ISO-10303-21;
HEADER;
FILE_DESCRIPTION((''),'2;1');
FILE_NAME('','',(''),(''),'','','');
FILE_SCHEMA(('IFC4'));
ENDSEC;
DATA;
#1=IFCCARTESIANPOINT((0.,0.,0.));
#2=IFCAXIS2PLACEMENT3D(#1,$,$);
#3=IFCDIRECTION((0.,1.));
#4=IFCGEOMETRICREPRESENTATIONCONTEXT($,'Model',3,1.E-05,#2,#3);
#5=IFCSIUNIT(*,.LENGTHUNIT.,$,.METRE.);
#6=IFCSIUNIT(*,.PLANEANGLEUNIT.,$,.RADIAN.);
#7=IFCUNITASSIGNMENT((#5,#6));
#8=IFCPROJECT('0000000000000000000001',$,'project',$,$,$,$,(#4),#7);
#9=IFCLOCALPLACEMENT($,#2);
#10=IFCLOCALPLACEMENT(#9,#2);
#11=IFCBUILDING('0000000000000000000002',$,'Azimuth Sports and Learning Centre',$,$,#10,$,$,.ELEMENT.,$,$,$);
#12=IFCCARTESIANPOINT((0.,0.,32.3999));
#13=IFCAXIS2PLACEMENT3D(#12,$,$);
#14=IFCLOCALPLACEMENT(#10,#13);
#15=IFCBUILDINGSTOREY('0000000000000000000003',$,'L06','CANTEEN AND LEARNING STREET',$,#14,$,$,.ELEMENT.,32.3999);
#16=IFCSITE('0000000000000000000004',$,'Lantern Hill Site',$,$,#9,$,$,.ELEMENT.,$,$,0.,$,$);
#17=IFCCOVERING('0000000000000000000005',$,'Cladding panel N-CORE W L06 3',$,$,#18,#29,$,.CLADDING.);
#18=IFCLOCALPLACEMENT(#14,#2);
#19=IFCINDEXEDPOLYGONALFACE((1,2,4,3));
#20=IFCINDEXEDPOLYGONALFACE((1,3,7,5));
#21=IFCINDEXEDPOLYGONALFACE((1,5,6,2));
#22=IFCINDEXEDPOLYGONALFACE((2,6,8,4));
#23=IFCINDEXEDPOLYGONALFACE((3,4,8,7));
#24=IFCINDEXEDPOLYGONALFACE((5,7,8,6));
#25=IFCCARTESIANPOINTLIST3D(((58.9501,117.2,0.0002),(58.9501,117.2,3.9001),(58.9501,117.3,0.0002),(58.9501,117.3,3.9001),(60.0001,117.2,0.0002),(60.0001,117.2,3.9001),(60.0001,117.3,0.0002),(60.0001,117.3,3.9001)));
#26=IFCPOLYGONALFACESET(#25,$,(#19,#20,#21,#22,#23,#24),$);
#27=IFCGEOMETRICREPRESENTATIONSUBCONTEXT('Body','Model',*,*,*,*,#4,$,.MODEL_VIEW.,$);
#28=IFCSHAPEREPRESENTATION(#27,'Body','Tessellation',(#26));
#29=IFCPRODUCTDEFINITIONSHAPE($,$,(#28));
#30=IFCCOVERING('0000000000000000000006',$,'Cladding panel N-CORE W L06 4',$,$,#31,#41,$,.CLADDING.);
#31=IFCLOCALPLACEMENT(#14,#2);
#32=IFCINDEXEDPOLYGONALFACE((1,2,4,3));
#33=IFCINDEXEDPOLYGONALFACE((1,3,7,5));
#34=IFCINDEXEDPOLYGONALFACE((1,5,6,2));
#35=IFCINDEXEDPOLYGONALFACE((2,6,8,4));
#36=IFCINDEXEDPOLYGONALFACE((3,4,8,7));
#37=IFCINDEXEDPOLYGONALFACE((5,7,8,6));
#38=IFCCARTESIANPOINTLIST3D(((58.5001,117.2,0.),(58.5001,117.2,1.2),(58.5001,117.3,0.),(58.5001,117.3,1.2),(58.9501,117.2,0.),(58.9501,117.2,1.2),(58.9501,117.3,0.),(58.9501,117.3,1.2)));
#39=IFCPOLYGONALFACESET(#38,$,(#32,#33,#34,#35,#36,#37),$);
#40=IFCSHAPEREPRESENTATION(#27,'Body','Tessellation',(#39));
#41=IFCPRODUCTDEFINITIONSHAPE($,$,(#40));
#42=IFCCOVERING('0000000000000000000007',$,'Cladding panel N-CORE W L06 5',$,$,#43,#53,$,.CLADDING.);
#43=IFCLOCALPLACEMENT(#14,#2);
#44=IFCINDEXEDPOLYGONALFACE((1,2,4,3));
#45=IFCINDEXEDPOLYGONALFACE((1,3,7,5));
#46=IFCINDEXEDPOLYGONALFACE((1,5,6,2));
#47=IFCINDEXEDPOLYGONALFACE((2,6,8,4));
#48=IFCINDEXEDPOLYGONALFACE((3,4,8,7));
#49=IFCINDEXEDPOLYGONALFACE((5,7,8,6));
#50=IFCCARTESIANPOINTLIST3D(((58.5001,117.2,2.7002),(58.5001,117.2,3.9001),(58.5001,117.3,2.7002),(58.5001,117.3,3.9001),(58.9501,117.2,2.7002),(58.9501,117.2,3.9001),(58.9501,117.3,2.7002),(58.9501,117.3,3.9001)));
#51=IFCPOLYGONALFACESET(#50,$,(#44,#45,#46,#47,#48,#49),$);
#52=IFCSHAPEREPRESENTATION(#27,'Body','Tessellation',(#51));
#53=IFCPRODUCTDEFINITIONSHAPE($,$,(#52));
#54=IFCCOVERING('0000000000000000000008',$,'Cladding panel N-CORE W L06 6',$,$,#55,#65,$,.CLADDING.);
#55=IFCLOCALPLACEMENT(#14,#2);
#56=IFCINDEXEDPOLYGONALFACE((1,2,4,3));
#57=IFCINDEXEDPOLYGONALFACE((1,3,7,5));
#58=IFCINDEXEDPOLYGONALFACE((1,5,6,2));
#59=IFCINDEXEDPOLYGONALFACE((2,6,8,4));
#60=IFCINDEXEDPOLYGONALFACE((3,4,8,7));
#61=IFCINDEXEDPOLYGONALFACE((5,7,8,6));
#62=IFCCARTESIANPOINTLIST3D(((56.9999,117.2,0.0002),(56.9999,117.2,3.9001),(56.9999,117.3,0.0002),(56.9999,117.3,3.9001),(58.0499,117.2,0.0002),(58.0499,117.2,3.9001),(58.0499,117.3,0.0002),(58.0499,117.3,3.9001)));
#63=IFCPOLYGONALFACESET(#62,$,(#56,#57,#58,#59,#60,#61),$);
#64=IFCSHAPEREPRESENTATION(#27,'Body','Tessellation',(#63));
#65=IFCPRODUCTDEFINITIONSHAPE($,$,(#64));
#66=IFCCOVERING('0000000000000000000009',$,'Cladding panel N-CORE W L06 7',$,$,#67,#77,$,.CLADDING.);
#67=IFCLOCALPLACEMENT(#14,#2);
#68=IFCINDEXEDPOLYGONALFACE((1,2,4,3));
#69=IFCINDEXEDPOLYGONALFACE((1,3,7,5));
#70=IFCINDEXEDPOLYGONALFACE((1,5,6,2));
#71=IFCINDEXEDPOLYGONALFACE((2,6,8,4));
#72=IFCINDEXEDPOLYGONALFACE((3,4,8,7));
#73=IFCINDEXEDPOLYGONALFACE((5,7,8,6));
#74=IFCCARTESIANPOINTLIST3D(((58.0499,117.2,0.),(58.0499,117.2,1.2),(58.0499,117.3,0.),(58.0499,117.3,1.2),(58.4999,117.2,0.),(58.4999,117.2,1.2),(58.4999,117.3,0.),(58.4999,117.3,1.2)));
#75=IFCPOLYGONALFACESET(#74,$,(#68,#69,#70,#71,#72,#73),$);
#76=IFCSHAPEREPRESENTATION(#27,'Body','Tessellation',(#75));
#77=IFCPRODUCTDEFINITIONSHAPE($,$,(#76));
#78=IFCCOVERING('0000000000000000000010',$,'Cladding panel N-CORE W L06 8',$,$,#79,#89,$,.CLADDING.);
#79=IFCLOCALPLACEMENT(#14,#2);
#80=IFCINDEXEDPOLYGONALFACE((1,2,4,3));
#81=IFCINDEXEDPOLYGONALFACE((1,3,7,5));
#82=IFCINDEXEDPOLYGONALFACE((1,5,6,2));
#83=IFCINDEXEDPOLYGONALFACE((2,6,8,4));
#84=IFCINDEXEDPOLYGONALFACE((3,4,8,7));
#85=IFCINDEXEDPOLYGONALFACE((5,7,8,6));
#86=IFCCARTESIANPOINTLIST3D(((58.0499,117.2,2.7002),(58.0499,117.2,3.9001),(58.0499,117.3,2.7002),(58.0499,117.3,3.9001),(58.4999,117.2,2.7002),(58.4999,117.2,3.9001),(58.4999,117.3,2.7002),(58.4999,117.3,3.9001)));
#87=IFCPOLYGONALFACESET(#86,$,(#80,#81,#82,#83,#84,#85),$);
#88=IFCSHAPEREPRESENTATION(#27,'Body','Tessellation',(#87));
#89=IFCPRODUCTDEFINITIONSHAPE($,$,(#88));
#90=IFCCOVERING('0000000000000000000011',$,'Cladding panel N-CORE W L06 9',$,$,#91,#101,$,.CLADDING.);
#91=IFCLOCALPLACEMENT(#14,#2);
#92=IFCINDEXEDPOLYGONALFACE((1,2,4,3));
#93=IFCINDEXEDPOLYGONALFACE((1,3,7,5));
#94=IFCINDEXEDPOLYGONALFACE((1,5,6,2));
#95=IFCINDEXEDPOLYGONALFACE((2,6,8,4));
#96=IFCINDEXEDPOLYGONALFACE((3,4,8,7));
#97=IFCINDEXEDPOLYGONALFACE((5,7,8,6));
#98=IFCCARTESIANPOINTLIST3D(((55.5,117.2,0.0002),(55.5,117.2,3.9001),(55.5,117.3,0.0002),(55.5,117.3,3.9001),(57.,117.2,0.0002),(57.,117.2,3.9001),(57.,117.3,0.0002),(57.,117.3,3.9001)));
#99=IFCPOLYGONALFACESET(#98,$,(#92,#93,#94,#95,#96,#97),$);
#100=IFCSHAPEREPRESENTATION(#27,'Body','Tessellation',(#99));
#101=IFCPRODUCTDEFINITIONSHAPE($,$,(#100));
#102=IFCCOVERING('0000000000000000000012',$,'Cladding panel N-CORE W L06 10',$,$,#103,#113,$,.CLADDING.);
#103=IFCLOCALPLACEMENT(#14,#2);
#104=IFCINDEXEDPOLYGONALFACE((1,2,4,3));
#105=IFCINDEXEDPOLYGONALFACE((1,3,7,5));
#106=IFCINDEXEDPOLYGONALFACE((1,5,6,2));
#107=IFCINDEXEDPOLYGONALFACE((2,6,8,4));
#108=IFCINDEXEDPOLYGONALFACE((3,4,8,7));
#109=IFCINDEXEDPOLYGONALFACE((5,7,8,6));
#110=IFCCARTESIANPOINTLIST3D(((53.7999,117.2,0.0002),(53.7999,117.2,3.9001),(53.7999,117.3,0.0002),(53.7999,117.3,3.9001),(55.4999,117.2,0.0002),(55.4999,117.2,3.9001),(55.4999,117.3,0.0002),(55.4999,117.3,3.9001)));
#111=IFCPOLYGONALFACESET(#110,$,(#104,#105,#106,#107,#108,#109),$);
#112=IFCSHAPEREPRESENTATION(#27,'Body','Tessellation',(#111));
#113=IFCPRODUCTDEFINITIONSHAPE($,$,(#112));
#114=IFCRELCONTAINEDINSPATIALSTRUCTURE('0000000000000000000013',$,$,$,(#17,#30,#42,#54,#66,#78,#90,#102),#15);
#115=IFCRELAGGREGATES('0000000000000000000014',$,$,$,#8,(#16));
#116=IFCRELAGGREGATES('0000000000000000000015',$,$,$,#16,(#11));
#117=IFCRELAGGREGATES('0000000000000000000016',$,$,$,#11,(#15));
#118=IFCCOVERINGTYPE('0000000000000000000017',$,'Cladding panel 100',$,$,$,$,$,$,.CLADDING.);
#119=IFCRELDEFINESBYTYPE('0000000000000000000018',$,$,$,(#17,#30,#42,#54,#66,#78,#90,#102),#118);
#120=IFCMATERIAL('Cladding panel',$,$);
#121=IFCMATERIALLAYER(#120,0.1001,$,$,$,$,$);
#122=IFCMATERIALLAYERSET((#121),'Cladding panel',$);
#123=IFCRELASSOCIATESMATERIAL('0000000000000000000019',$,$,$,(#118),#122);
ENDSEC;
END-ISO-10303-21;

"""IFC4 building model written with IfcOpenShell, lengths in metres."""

from ifc_helpers import new_model, si_unit, direction, frame, origin, origin_2d, place, context, subcontext, project, spatial, rectangle, extrude, material, layer, layer_set, type_object, element, save


model = new_model("IFC4")

# Units and contexts
model_context = context("Model", 3, precision=1e-05, world=origin(), true_north=direction((0.0, 1.0)))
body_context = subcontext(model_context, "Body", "Model", "MODEL_VIEW")
ifc_project = project(units=[si_unit("LENGTHUNIT", "METRE"), si_unit("PLANEANGLEUNIT", "RADIAN")], contexts=[model_context])

# Site, building, storey
site_placement = place(None, origin())
site = spatial("IfcSite", under=ifc_project, at=site_placement, Name="Lantern Hill Site", CompositionType="ELEMENT", RefElevation=0.0)
building_placement = place(site_placement, origin())
building = spatial("IfcBuilding", under=site, at=building_placement, Name="Azimuth Sports and Learning Centre", CompositionType="ELEMENT")
storey_placement = place(building_placement, frame((0.0, 0.0, 32.3999)))
storey = spatial("IfcBuildingStorey", under=building, at=storey_placement, Name="L06", Description="CANTEEN AND LEARNING STREET", CompositionType="ELEMENT", Elevation=32.3999)

# Coverings
ifc_material_1 = material(Name="Cladding panel")
ifc_layer_1 = layer(ifc_material_1, 0.1001)
ifc_layer_set_1 = layer_set([ifc_layer_1], Name="Cladding panel")
covering_type = type_object("IfcCoveringType", Name="Cladding panel 100", PredefinedType="CLADDING", material=ifc_layer_set_1)
covering_1_placement = place(storey_placement, frame((59.4751, 117.25, 0.0002), z_axis=(0.0, 0.0, 1.0), x_axis=(-1.0, 0.0, 0.0)))
element("IfcCovering", 1, at=covering_1_placement, inside=storey, type_object=covering_type, Name="Cladding panel N-CORE W L06 3", PredefinedType="CLADDING", context=body_context, shape_type="SweptSolid", body=[
    extrude(rectangle(XDim=1.05, YDim=0.1001, at=origin_2d()), origin(), (0.0, 0.0, 1.0), 3.8999),
])
for number, where, z_axis, x_axis, name in (
    (2, (58.7251, 117.25, 0.0), (0.0, 0.0, 1.0), (-1.0, 0.0, 0.0), "Cladding panel N-CORE W L06 4"),
    (3, (58.7251, 117.25, 2.7002), (0.0, 0.0, 1.0), (-1.0, 0.0, 0.0), "Cladding panel N-CORE W L06 5"),
):
    element("IfcCovering", number, at=place(storey_placement, frame(where, z_axis=z_axis, x_axis=x_axis)), inside=storey, type_object=covering_type, Name=name, PredefinedType="CLADDING", context=body_context, shape_type="SweptSolid", body=[
        extrude(rectangle(XDim=0.45, YDim=0.1001, at=origin_2d()), origin(), (0.0, 0.0, 1.0), 1.2),
    ])
covering_2_placement = place(storey_placement, frame((57.5249, 117.25, 0.0002), z_axis=(0.0, 0.0, 1.0), x_axis=(-1.0, 0.0, 0.0)))
element("IfcCovering", 4, at=covering_2_placement, inside=storey, type_object=covering_type, Name="Cladding panel N-CORE W L06 6", PredefinedType="CLADDING", context=body_context, shape_type="SweptSolid", body=[
    extrude(rectangle(XDim=1.05, YDim=0.1001, at=origin_2d()), origin(), (0.0, 0.0, 1.0), 3.8999),
])
for number, where, z_axis, x_axis, name in (
    (5, (58.2749, 117.25, 0.0), (0.0, 0.0, 1.0), (-1.0, 0.0, 0.0), "Cladding panel N-CORE W L06 7"),
    (6, (58.2749, 117.25, 2.7002), (0.0, 0.0, 1.0), (-1.0, 0.0, 0.0), "Cladding panel N-CORE W L06 8"),
):
    element("IfcCovering", number, at=place(storey_placement, frame(where, z_axis=z_axis, x_axis=x_axis)), inside=storey, type_object=covering_type, Name=name, PredefinedType="CLADDING", context=body_context, shape_type="SweptSolid", body=[
        extrude(rectangle(XDim=0.45, YDim=0.1001, at=origin_2d()), origin(), (0.0, 0.0, 1.0), 1.2),
    ])
covering_3_placement = place(storey_placement, frame((56.25, 117.25, 0.0002), z_axis=(0.0, 0.0, 1.0), x_axis=(-1.0, 0.0, 0.0)))
element("IfcCovering", 7, at=covering_3_placement, inside=storey, type_object=covering_type, Name="Cladding panel N-CORE W L06 9", PredefinedType="CLADDING", context=body_context, shape_type="SweptSolid", body=[
    extrude(rectangle(XDim=1.5, YDim=0.1001, at=origin_2d()), origin(), (0.0, 0.0, 1.0), 3.8999),
])
covering_4_placement = place(storey_placement, frame((54.6499, 117.25, 0.0002), z_axis=(0.0, 0.0, 1.0), x_axis=(-1.0, 0.0, 0.0)))
element("IfcCovering", 8, at=covering_4_placement, inside=storey, type_object=covering_type, Name="Cladding panel N-CORE W L06 10", PredefinedType="CLADDING", context=body_context, shape_type="SweptSolid", body=[
    extrude(rectangle(XDim=1.7, YDim=0.1001, at=origin_2d()), origin(), (0.0, 0.0, 1.0), 3.8999),
])

save(model, "model.ifc")
